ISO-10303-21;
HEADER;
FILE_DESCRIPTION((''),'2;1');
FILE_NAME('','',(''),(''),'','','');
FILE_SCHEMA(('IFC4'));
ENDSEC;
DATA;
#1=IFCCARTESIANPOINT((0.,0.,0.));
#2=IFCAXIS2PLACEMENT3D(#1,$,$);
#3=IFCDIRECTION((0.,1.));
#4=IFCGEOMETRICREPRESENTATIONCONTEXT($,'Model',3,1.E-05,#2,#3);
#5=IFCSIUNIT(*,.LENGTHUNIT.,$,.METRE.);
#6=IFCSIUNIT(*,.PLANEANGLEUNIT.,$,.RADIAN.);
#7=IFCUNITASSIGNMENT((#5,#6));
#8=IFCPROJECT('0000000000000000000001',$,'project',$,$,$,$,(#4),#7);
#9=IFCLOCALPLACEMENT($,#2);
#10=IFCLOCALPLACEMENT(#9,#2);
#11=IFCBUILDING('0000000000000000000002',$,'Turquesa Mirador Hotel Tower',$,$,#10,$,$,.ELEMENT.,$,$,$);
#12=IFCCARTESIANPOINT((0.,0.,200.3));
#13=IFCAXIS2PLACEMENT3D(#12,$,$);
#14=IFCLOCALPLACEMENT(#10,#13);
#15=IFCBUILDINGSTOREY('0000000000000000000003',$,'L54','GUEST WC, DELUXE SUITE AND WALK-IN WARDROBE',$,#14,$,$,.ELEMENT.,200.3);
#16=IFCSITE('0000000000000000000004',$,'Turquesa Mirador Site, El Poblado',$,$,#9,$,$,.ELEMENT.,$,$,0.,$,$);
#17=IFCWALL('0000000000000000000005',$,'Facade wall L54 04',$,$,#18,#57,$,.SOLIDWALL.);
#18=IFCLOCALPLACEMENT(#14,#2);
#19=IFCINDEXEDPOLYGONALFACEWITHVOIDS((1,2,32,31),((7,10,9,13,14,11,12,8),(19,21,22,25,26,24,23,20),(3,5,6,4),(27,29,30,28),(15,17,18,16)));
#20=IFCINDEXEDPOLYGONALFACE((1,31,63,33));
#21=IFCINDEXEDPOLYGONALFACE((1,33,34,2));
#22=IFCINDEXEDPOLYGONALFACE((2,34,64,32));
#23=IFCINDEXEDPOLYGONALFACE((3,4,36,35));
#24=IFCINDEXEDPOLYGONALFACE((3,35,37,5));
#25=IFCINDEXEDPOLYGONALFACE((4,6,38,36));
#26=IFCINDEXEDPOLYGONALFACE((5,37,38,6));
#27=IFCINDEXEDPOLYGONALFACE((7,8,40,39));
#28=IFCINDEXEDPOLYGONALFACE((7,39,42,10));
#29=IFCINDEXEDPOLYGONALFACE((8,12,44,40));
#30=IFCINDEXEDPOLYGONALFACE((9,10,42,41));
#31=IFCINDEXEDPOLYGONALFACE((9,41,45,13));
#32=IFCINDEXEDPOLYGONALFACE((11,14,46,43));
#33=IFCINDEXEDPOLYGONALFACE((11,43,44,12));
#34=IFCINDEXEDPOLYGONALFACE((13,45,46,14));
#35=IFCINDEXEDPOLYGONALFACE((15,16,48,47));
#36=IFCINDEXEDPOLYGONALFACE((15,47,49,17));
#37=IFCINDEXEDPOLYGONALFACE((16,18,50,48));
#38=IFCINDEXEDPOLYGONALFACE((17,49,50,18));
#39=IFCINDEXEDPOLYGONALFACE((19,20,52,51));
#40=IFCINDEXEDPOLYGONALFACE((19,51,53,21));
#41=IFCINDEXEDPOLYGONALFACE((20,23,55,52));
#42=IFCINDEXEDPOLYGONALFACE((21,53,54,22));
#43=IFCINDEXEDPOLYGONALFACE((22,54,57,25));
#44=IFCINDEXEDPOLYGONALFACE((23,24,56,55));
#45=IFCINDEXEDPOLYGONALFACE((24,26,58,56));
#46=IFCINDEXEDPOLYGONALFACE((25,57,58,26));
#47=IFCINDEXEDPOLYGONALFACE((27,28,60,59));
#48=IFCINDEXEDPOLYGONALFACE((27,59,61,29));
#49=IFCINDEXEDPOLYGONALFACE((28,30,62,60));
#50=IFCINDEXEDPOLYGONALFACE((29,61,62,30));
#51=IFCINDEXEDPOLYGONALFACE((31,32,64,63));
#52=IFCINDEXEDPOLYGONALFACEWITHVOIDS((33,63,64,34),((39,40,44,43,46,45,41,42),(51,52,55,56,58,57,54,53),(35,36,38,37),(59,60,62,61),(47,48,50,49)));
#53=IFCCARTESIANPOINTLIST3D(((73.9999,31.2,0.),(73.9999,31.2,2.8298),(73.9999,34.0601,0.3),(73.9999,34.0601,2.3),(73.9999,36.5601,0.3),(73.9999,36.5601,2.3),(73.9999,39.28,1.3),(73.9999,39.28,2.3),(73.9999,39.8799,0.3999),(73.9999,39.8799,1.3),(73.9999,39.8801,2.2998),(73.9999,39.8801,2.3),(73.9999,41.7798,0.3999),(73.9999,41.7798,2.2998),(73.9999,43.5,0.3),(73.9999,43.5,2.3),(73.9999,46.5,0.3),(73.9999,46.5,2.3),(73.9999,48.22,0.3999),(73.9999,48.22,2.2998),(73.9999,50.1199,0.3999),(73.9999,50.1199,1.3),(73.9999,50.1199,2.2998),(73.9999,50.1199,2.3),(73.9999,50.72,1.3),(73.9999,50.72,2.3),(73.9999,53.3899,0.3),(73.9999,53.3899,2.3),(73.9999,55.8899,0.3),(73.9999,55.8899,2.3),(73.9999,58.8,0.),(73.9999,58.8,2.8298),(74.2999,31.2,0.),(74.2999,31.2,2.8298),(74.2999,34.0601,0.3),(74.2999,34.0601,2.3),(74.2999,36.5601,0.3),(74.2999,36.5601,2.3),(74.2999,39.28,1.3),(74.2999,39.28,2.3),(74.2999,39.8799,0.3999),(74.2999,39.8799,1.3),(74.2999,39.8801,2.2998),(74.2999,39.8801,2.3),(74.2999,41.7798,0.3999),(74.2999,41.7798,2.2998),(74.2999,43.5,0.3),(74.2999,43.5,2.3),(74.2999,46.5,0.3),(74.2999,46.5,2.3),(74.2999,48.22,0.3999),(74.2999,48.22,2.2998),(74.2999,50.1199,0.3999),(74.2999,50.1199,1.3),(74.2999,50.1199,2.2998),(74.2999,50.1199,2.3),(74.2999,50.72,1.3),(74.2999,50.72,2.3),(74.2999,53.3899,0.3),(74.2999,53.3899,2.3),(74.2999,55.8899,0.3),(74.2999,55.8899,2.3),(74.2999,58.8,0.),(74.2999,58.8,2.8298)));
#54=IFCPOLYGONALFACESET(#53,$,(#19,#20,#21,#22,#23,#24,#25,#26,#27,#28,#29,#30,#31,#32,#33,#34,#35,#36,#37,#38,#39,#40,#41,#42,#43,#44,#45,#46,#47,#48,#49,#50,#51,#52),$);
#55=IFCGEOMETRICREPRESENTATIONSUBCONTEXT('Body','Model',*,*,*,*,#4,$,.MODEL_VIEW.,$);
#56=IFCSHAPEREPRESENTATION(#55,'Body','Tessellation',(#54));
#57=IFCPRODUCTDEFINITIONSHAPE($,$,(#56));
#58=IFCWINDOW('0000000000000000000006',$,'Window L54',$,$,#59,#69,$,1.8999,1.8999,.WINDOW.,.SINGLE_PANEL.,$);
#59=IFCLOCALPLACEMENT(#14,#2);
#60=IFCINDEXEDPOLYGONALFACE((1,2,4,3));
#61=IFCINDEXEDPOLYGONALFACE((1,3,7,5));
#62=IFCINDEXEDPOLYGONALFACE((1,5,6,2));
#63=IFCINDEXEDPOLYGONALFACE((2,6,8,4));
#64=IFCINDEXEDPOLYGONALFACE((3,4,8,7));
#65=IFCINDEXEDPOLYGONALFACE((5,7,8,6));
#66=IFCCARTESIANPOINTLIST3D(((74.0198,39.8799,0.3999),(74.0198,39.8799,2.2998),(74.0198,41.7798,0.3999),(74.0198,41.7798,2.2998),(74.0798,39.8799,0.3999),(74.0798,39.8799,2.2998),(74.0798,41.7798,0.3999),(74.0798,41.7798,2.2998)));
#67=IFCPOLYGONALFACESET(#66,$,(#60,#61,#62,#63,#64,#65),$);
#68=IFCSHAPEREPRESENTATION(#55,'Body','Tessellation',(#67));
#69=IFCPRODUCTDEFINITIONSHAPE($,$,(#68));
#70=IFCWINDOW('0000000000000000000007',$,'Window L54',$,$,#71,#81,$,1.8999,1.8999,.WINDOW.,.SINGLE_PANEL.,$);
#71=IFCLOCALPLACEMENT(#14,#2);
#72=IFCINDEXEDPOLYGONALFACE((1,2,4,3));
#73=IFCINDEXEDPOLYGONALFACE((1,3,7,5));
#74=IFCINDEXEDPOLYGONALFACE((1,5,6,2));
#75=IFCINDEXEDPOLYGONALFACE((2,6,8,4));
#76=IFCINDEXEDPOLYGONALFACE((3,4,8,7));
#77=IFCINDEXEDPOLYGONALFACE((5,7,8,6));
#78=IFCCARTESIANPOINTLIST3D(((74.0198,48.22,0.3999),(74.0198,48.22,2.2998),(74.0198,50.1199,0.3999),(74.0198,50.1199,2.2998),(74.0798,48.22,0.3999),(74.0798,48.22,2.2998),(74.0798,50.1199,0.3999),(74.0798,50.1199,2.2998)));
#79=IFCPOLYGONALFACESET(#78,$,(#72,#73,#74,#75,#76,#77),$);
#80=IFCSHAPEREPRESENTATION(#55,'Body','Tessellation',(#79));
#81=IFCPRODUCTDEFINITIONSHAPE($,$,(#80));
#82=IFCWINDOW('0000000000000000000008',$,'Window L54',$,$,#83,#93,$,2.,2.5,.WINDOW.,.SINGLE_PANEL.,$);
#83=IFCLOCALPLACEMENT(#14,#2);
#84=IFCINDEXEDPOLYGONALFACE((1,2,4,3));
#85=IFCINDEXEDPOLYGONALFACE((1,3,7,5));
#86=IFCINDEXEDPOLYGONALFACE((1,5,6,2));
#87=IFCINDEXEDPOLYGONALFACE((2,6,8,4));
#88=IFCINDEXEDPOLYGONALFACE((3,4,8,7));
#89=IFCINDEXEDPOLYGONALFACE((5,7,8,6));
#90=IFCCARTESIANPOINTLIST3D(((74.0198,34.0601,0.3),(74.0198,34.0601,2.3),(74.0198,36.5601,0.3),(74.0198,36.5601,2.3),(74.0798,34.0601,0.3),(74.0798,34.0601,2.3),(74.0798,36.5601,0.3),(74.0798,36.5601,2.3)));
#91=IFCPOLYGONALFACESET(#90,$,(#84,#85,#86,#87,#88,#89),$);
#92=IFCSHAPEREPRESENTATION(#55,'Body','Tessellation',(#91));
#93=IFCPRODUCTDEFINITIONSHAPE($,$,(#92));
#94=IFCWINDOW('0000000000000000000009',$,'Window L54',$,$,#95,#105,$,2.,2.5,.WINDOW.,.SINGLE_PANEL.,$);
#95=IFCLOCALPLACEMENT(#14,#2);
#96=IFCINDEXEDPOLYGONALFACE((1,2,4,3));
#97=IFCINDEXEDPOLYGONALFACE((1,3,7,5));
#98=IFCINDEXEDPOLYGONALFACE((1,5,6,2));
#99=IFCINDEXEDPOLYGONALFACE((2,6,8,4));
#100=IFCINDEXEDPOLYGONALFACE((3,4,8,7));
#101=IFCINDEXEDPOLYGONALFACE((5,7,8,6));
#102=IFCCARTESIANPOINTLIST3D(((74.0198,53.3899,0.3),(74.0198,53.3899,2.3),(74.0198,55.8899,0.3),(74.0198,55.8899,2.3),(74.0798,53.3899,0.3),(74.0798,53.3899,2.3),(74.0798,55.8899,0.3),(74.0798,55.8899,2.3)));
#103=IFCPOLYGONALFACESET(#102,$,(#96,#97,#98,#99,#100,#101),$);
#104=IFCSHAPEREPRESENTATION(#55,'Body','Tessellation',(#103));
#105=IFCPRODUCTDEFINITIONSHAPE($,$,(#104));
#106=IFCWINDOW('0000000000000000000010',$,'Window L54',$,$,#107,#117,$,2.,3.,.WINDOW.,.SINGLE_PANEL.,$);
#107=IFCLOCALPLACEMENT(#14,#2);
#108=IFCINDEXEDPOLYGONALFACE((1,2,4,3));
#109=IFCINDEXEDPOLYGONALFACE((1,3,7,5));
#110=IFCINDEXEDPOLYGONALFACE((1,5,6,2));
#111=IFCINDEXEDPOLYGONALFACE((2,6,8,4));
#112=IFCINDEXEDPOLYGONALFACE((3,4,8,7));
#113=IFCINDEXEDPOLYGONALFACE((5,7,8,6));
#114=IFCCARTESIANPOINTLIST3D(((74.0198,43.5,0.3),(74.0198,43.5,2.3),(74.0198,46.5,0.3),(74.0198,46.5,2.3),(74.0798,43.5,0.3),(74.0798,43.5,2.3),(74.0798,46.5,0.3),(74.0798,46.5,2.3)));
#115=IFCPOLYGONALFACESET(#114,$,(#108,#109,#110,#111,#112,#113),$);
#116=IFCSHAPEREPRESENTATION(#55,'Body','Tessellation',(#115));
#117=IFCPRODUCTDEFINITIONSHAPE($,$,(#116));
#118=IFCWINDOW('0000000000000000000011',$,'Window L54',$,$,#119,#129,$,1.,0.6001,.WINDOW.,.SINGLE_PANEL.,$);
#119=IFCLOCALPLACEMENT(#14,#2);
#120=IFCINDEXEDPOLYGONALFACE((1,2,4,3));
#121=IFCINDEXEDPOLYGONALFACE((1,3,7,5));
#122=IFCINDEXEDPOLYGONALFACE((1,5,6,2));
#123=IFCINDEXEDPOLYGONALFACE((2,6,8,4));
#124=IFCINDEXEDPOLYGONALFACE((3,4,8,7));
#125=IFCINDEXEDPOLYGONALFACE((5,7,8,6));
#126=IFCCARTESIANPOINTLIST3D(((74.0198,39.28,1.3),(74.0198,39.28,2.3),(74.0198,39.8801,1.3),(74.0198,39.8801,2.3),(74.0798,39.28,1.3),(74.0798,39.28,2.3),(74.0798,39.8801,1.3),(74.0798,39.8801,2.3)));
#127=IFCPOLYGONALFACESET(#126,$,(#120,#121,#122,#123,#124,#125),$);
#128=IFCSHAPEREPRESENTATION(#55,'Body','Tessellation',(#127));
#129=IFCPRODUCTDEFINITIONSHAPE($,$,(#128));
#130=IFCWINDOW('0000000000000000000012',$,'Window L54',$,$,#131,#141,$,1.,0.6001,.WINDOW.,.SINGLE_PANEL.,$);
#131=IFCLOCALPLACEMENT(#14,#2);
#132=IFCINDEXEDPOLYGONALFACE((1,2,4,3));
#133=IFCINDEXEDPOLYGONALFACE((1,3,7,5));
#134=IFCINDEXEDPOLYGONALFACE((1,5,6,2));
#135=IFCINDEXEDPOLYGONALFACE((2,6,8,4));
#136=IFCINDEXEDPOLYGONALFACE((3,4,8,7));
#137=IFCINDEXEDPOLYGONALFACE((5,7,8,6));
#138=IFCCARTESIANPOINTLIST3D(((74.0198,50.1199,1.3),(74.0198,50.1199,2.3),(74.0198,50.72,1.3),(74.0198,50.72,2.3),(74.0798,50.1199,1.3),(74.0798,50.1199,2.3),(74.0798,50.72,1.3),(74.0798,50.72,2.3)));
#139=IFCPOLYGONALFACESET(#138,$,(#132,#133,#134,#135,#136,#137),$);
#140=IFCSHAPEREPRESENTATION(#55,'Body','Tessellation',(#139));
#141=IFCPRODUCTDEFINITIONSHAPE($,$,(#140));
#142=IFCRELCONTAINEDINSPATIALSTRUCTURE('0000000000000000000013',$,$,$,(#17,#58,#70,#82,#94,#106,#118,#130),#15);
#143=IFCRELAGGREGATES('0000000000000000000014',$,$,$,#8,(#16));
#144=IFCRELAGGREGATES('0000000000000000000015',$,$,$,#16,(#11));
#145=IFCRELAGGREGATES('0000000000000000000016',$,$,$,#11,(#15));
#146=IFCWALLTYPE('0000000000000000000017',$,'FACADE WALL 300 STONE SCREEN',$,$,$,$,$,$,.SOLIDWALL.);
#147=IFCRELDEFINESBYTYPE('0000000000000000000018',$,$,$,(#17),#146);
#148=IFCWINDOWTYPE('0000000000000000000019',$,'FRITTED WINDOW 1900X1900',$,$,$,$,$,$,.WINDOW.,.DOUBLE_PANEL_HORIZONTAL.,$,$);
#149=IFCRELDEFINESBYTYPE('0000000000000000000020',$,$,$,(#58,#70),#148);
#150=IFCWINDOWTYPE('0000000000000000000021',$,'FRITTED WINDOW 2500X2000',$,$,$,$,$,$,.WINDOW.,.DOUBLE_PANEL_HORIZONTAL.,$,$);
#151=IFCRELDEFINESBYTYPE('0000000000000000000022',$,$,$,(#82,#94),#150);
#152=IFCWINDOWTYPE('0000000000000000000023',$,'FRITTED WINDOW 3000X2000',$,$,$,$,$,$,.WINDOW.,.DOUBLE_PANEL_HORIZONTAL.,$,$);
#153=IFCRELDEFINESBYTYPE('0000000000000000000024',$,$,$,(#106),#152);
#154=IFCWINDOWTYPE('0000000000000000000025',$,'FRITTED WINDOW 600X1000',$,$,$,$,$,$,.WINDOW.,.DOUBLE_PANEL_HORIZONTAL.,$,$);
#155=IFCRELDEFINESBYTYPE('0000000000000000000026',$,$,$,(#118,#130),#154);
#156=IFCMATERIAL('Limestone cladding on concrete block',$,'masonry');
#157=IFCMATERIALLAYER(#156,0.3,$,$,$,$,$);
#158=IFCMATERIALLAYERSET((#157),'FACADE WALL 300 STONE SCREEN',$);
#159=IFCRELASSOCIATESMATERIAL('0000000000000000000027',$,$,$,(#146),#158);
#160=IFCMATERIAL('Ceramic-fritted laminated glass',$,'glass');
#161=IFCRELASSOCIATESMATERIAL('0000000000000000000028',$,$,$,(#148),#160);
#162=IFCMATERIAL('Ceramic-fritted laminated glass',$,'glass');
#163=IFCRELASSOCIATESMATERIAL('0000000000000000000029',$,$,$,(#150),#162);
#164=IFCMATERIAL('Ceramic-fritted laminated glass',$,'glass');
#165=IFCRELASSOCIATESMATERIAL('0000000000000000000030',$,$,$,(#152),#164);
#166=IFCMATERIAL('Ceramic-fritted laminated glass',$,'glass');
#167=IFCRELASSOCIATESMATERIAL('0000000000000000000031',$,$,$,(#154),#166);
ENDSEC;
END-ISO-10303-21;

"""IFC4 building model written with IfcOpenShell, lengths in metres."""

from ifc_helpers import new_model, si_unit, direction, frame, frame_2d, origin, place, context, subcontext, project, spatial, rectangle, extrude, material, layer, layer_set, type_object, element, fill, save


model = new_model("IFC4")

# Units and contexts
model_context = context("Model", 3, precision=1e-05, world=origin(), true_north=direction((0.0, 1.0)))
body_context = subcontext(model_context, "Body", "Model", "MODEL_VIEW")
ifc_project = project(units=[si_unit("LENGTHUNIT", "METRE"), si_unit("PLANEANGLEUNIT", "RADIAN")], contexts=[model_context])

# Site, building, storey
site_placement = place(None, origin())
site = spatial("IfcSite", under=ifc_project, at=site_placement, Name="Turquesa Mirador Site, El Poblado", CompositionType="ELEMENT", RefElevation=0.0)
building_placement = place(site_placement, origin())
building = spatial("IfcBuilding", under=site, at=building_placement, Name="Turquesa Mirador Hotel Tower", CompositionType="ELEMENT")
storey_placement = place(building_placement, frame((0.0, 0.0, 200.3)))
storey = spatial("IfcBuildingStorey", under=building, at=storey_placement, Name="L54", Description="GUEST WC, DELUXE SUITE AND WALK-IN WARDROBE", CompositionType="ELEMENT", Elevation=200.3)

# Shared definitions
ifc_material_1 = material(Name="Limestone cladding on concrete block", Category="masonry")
ifc_layer = layer(ifc_material_1, 0.3)
ifc_layer_set = layer_set([ifc_layer], Name="FACADE WALL 300 STONE SCREEN")
wall_type = type_object("IfcWallType", Name="FACADE WALL 300 STONE SCREEN", PredefinedType="SOLIDWALL", material=ifc_layer_set)

# Wall, openings, windows
wall_1_placement = place(storey_placement, frame((74.1499, 31.2, 0.0), z_axis=(0.0, 0.0, 1.0), x_axis=(0.0, 1.0, 0.0)))
wall_1 = element("IfcWall", 1, at=wall_1_placement, inside=storey, type_object=wall_type, Name="Facade wall L54 04", PredefinedType="SOLIDWALL", context=body_context, shape_type="SweptSolid", body=[
    extrude(rectangle(XDim=27.6001, YDim=0.3, at=frame_2d((13.8, 0.0))), origin(), (0.0, 0.0, 1.0), 2.8298),
])
opening_1_placement = place(wall_1_placement, frame((2.8601, 0.0, 0.3)))
opening_1 = element("IfcOpeningElement", 2, at=opening_1_placement, cuts=wall_1, PredefinedType="OPENING", context=body_context, shape_type="SweptSolid", body=[
    extrude(rectangle(XDim=2.5, YDim=2.0, at=frame_2d((1.25, 1.0))), frame((0.0, 0.1599, 0.0), z_axis=(0.0, -1.0, 0.0), x_axis=(1.0, 0.0, 0.0)), (0.0, 0.0, 1.0), 0.3201),
])
opening_2_placement = place(wall_1_placement, frame((8.6799, 0.0, 0.3999)))
opening_2 = element("IfcOpeningElement", 3, at=opening_2_placement, cuts=wall_1, PredefinedType="OPENING", context=body_context, shape_type="SweptSolid", body=[
    extrude(rectangle(XDim=1.8999, YDim=1.8999, at=frame_2d((0.95, 0.95))), frame((0.0, 0.1599, 0.0), z_axis=(0.0, -1.0, 0.0), x_axis=(1.0, 0.0, 0.0)), (0.0, 0.0, 1.0), 0.3201),
])
opening_3_placement = place(wall_1_placement, frame((12.3, 0.0, 0.3)))
opening_3 = element("IfcOpeningElement", 4, at=opening_3_placement, cuts=wall_1, PredefinedType="OPENING", context=body_context, shape_type="SweptSolid", body=[
    extrude(rectangle(XDim=3.0, YDim=2.0, at=frame_2d((1.5, 1.0))), frame((0.0, 0.1599, 0.0), z_axis=(0.0, -1.0, 0.0), x_axis=(1.0, 0.0, 0.0)), (0.0, 0.0, 1.0), 0.3201),
])
opening_4_placement = place(wall_1_placement, frame((17.02, 0.0, 0.3999)))
opening_4 = element("IfcOpeningElement", 5, at=opening_4_placement, cuts=wall_1, PredefinedType="OPENING", context=body_context, shape_type="SweptSolid", body=[
    extrude(rectangle(XDim=1.8999, YDim=1.8999, at=frame_2d((0.95, 0.95))), frame((0.0, 0.1599, 0.0), z_axis=(0.0, -1.0, 0.0), x_axis=(1.0, 0.0, 0.0)), (0.0, 0.0, 1.0), 0.3201),
])
opening_5_placement = place(wall_1_placement, frame((22.1899, 0.0, 0.3)))
opening_5 = element("IfcOpeningElement", 6, at=opening_5_placement, cuts=wall_1, PredefinedType="OPENING", context=body_context, shape_type="SweptSolid", body=[
    extrude(rectangle(XDim=2.5, YDim=2.0, at=frame_2d((1.25, 1.0))), frame((0.0, 0.1599, 0.0), z_axis=(0.0, -1.0, 0.0), x_axis=(1.0, 0.0, 0.0)), (0.0, 0.0, 1.0), 0.3201),
])
opening_6_placement = place(wall_1_placement, frame((8.0801, 0.0, 1.3)))
opening_6 = element("IfcOpeningElement", 7, at=opening_6_placement, cuts=wall_1, PredefinedType="OPENING", context=body_context, shape_type="SweptSolid", body=[
    extrude(rectangle(XDim=0.6001, YDim=1.0, at=frame_2d((0.3, 0.5))), frame((0.0, 0.1599, 0.0), z_axis=(0.0, -1.0, 0.0), x_axis=(1.0, 0.0, 0.0)), (0.0, 0.0, 1.0), 0.3201),
])
opening_7_placement = place(wall_1_placement, frame((18.9199, 0.0, 1.3)))
opening_7 = element("IfcOpeningElement", 8, at=opening_7_placement, cuts=wall_1, PredefinedType="OPENING", context=body_context, shape_type="SweptSolid", body=[
    extrude(rectangle(XDim=0.6001, YDim=1.0, at=frame_2d((0.3, 0.5))), frame((0.0, 0.1599, 0.0), z_axis=(0.0, -1.0, 0.0), x_axis=(1.0, 0.0, 0.0)), (0.0, 0.0, 1.0), 0.3201),
])
ifc_material_2 = material(Name="Ceramic-fritted laminated glass", Category="glass")
window_type_1 = type_object("IfcWindowType", Name="FRITTED WINDOW 1900X1900", PartitioningType="DOUBLE_PANEL_HORIZONTAL", PredefinedType="WINDOW", material=ifc_material_2)
window_1_placement = place(opening_2_placement, origin())
window_1 = element("IfcWindow", 9, at=window_1_placement, inside=storey, type_object=window_type_1, Name="Window L54", OverallHeight=1.8999, OverallWidth=1.8999, PartitioningType="SINGLE_PANEL", PredefinedType="WINDOW", context=body_context, shape_type="SweptSolid", body=[
    extrude(rectangle(XDim=1.8999, YDim=1.8999, at=frame_2d((0.95, 0.95))), frame((0.0, 0.1301, 0.0), z_axis=(0.0, -1.0, 0.0), x_axis=(1.0, 0.0, 0.0)), (0.0, 0.0, 1.0), 0.0601),
])
fill(opening_2, window_1)
window_2_placement = place(opening_4_placement, origin())
window_2 = element("IfcWindow", 10, at=window_2_placement, inside=storey, type_object=window_type_1, Name="Window L54", OverallHeight=1.8999, OverallWidth=1.8999, PartitioningType="SINGLE_PANEL", PredefinedType="WINDOW", context=body_context, shape_type="SweptSolid", body=[
    extrude(rectangle(XDim=1.8999, YDim=1.8999, at=frame_2d((0.95, 0.95))), frame((0.0, 0.1301, 0.0), z_axis=(0.0, -1.0, 0.0), x_axis=(1.0, 0.0, 0.0)), (0.0, 0.0, 1.0), 0.0601),
])
fill(opening_4, window_2)
ifc_material_3 = material(Name="Ceramic-fritted laminated glass", Category="glass")
window_type_2 = type_object("IfcWindowType", Name="FRITTED WINDOW 2500X2000", PartitioningType="DOUBLE_PANEL_HORIZONTAL", PredefinedType="WINDOW", material=ifc_material_3)
window_3_placement = place(opening_1_placement, origin())
window_3 = element("IfcWindow", 11, at=window_3_placement, inside=storey, type_object=window_type_2, Name="Window L54", OverallHeight=2.0, OverallWidth=2.5, PartitioningType="SINGLE_PANEL", PredefinedType="WINDOW", context=body_context, shape_type="SweptSolid", body=[
    extrude(rectangle(XDim=2.5, YDim=2.0, at=frame_2d((1.25, 1.0))), frame((0.0, 0.1301, 0.0), z_axis=(0.0, -1.0, 0.0), x_axis=(1.0, 0.0, 0.0)), (0.0, 0.0, 1.0), 0.0601),
])
fill(opening_1, window_3)
window_4_placement = place(opening_5_placement, origin())
window_4 = element("IfcWindow", 12, at=window_4_placement, inside=storey, type_object=window_type_2, Name="Window L54", OverallHeight=2.0, OverallWidth=2.5, PartitioningType="SINGLE_PANEL", PredefinedType="WINDOW", context=body_context, shape_type="SweptSolid", body=[
    extrude(rectangle(XDim=2.5, YDim=2.0, at=frame_2d((1.25, 1.0))), frame((0.0, 0.1301, 0.0), z_axis=(0.0, -1.0, 0.0), x_axis=(1.0, 0.0, 0.0)), (0.0, 0.0, 1.0), 0.0601),
])
fill(opening_5, window_4)
ifc_material_4 = material(Name="Ceramic-fritted laminated glass", Category="glass")
window_type_3 = type_object("IfcWindowType", Name="FRITTED WINDOW 3000X2000", PartitioningType="DOUBLE_PANEL_HORIZONTAL", PredefinedType="WINDOW", material=ifc_material_4)
window_5_placement = place(opening_3_placement, origin())
window_5 = element("IfcWindow", 13, at=window_5_placement, inside=storey, type_object=window_type_3, Name="Window L54", OverallHeight=2.0, OverallWidth=3.0, PartitioningType="SINGLE_PANEL", PredefinedType="WINDOW", context=body_context, shape_type="SweptSolid", body=[
    extrude(rectangle(XDim=3.0, YDim=2.0, at=frame_2d((1.5, 1.0))), frame((0.0, 0.1301, 0.0), z_axis=(0.0, -1.0, 0.0), x_axis=(1.0, 0.0, 0.0)), (0.0, 0.0, 1.0), 0.0601),
])
fill(opening_3, window_5)
ifc_material_5 = material(Name="Ceramic-fritted laminated glass", Category="glass")
window_type_4 = type_object("IfcWindowType", Name="FRITTED WINDOW 600X1000", PartitioningType="DOUBLE_PANEL_HORIZONTAL", PredefinedType="WINDOW", material=ifc_material_5)
window_6_placement = place(opening_6_placement, origin())
window_6 = element("IfcWindow", 14, at=window_6_placement, inside=storey, type_object=window_type_4, Name="Window L54", OverallHeight=1.0, OverallWidth=0.6001, PartitioningType="SINGLE_PANEL", PredefinedType="WINDOW", context=body_context, shape_type="SweptSolid", body=[
    extrude(rectangle(XDim=0.6001, YDim=1.0, at=frame_2d((0.3, 0.5))), frame((0.0, 0.1301, 0.0), z_axis=(0.0, -1.0, 0.0), x_axis=(1.0, 0.0, 0.0)), (0.0, 0.0, 1.0), 0.0601),
])
fill(opening_6, window_6)
window_7_placement = place(opening_7_placement, origin())
window_7 = element("IfcWindow", 15, at=window_7_placement, inside=storey, type_object=window_type_4, Name="Window L54", OverallHeight=1.0, OverallWidth=0.6001, PartitioningType="SINGLE_PANEL", PredefinedType="WINDOW", context=body_context, shape_type="SweptSolid", body=[
    extrude(rectangle(XDim=0.6001, YDim=1.0, at=frame_2d((0.3, 0.5))), frame((0.0, 0.1301, 0.0), z_axis=(0.0, -1.0, 0.0), x_axis=(1.0, 0.0, 0.0)), (0.0, 0.0, 1.0), 0.0601),
])
fill(opening_7, window_7)

save(model, "model.ifc")
